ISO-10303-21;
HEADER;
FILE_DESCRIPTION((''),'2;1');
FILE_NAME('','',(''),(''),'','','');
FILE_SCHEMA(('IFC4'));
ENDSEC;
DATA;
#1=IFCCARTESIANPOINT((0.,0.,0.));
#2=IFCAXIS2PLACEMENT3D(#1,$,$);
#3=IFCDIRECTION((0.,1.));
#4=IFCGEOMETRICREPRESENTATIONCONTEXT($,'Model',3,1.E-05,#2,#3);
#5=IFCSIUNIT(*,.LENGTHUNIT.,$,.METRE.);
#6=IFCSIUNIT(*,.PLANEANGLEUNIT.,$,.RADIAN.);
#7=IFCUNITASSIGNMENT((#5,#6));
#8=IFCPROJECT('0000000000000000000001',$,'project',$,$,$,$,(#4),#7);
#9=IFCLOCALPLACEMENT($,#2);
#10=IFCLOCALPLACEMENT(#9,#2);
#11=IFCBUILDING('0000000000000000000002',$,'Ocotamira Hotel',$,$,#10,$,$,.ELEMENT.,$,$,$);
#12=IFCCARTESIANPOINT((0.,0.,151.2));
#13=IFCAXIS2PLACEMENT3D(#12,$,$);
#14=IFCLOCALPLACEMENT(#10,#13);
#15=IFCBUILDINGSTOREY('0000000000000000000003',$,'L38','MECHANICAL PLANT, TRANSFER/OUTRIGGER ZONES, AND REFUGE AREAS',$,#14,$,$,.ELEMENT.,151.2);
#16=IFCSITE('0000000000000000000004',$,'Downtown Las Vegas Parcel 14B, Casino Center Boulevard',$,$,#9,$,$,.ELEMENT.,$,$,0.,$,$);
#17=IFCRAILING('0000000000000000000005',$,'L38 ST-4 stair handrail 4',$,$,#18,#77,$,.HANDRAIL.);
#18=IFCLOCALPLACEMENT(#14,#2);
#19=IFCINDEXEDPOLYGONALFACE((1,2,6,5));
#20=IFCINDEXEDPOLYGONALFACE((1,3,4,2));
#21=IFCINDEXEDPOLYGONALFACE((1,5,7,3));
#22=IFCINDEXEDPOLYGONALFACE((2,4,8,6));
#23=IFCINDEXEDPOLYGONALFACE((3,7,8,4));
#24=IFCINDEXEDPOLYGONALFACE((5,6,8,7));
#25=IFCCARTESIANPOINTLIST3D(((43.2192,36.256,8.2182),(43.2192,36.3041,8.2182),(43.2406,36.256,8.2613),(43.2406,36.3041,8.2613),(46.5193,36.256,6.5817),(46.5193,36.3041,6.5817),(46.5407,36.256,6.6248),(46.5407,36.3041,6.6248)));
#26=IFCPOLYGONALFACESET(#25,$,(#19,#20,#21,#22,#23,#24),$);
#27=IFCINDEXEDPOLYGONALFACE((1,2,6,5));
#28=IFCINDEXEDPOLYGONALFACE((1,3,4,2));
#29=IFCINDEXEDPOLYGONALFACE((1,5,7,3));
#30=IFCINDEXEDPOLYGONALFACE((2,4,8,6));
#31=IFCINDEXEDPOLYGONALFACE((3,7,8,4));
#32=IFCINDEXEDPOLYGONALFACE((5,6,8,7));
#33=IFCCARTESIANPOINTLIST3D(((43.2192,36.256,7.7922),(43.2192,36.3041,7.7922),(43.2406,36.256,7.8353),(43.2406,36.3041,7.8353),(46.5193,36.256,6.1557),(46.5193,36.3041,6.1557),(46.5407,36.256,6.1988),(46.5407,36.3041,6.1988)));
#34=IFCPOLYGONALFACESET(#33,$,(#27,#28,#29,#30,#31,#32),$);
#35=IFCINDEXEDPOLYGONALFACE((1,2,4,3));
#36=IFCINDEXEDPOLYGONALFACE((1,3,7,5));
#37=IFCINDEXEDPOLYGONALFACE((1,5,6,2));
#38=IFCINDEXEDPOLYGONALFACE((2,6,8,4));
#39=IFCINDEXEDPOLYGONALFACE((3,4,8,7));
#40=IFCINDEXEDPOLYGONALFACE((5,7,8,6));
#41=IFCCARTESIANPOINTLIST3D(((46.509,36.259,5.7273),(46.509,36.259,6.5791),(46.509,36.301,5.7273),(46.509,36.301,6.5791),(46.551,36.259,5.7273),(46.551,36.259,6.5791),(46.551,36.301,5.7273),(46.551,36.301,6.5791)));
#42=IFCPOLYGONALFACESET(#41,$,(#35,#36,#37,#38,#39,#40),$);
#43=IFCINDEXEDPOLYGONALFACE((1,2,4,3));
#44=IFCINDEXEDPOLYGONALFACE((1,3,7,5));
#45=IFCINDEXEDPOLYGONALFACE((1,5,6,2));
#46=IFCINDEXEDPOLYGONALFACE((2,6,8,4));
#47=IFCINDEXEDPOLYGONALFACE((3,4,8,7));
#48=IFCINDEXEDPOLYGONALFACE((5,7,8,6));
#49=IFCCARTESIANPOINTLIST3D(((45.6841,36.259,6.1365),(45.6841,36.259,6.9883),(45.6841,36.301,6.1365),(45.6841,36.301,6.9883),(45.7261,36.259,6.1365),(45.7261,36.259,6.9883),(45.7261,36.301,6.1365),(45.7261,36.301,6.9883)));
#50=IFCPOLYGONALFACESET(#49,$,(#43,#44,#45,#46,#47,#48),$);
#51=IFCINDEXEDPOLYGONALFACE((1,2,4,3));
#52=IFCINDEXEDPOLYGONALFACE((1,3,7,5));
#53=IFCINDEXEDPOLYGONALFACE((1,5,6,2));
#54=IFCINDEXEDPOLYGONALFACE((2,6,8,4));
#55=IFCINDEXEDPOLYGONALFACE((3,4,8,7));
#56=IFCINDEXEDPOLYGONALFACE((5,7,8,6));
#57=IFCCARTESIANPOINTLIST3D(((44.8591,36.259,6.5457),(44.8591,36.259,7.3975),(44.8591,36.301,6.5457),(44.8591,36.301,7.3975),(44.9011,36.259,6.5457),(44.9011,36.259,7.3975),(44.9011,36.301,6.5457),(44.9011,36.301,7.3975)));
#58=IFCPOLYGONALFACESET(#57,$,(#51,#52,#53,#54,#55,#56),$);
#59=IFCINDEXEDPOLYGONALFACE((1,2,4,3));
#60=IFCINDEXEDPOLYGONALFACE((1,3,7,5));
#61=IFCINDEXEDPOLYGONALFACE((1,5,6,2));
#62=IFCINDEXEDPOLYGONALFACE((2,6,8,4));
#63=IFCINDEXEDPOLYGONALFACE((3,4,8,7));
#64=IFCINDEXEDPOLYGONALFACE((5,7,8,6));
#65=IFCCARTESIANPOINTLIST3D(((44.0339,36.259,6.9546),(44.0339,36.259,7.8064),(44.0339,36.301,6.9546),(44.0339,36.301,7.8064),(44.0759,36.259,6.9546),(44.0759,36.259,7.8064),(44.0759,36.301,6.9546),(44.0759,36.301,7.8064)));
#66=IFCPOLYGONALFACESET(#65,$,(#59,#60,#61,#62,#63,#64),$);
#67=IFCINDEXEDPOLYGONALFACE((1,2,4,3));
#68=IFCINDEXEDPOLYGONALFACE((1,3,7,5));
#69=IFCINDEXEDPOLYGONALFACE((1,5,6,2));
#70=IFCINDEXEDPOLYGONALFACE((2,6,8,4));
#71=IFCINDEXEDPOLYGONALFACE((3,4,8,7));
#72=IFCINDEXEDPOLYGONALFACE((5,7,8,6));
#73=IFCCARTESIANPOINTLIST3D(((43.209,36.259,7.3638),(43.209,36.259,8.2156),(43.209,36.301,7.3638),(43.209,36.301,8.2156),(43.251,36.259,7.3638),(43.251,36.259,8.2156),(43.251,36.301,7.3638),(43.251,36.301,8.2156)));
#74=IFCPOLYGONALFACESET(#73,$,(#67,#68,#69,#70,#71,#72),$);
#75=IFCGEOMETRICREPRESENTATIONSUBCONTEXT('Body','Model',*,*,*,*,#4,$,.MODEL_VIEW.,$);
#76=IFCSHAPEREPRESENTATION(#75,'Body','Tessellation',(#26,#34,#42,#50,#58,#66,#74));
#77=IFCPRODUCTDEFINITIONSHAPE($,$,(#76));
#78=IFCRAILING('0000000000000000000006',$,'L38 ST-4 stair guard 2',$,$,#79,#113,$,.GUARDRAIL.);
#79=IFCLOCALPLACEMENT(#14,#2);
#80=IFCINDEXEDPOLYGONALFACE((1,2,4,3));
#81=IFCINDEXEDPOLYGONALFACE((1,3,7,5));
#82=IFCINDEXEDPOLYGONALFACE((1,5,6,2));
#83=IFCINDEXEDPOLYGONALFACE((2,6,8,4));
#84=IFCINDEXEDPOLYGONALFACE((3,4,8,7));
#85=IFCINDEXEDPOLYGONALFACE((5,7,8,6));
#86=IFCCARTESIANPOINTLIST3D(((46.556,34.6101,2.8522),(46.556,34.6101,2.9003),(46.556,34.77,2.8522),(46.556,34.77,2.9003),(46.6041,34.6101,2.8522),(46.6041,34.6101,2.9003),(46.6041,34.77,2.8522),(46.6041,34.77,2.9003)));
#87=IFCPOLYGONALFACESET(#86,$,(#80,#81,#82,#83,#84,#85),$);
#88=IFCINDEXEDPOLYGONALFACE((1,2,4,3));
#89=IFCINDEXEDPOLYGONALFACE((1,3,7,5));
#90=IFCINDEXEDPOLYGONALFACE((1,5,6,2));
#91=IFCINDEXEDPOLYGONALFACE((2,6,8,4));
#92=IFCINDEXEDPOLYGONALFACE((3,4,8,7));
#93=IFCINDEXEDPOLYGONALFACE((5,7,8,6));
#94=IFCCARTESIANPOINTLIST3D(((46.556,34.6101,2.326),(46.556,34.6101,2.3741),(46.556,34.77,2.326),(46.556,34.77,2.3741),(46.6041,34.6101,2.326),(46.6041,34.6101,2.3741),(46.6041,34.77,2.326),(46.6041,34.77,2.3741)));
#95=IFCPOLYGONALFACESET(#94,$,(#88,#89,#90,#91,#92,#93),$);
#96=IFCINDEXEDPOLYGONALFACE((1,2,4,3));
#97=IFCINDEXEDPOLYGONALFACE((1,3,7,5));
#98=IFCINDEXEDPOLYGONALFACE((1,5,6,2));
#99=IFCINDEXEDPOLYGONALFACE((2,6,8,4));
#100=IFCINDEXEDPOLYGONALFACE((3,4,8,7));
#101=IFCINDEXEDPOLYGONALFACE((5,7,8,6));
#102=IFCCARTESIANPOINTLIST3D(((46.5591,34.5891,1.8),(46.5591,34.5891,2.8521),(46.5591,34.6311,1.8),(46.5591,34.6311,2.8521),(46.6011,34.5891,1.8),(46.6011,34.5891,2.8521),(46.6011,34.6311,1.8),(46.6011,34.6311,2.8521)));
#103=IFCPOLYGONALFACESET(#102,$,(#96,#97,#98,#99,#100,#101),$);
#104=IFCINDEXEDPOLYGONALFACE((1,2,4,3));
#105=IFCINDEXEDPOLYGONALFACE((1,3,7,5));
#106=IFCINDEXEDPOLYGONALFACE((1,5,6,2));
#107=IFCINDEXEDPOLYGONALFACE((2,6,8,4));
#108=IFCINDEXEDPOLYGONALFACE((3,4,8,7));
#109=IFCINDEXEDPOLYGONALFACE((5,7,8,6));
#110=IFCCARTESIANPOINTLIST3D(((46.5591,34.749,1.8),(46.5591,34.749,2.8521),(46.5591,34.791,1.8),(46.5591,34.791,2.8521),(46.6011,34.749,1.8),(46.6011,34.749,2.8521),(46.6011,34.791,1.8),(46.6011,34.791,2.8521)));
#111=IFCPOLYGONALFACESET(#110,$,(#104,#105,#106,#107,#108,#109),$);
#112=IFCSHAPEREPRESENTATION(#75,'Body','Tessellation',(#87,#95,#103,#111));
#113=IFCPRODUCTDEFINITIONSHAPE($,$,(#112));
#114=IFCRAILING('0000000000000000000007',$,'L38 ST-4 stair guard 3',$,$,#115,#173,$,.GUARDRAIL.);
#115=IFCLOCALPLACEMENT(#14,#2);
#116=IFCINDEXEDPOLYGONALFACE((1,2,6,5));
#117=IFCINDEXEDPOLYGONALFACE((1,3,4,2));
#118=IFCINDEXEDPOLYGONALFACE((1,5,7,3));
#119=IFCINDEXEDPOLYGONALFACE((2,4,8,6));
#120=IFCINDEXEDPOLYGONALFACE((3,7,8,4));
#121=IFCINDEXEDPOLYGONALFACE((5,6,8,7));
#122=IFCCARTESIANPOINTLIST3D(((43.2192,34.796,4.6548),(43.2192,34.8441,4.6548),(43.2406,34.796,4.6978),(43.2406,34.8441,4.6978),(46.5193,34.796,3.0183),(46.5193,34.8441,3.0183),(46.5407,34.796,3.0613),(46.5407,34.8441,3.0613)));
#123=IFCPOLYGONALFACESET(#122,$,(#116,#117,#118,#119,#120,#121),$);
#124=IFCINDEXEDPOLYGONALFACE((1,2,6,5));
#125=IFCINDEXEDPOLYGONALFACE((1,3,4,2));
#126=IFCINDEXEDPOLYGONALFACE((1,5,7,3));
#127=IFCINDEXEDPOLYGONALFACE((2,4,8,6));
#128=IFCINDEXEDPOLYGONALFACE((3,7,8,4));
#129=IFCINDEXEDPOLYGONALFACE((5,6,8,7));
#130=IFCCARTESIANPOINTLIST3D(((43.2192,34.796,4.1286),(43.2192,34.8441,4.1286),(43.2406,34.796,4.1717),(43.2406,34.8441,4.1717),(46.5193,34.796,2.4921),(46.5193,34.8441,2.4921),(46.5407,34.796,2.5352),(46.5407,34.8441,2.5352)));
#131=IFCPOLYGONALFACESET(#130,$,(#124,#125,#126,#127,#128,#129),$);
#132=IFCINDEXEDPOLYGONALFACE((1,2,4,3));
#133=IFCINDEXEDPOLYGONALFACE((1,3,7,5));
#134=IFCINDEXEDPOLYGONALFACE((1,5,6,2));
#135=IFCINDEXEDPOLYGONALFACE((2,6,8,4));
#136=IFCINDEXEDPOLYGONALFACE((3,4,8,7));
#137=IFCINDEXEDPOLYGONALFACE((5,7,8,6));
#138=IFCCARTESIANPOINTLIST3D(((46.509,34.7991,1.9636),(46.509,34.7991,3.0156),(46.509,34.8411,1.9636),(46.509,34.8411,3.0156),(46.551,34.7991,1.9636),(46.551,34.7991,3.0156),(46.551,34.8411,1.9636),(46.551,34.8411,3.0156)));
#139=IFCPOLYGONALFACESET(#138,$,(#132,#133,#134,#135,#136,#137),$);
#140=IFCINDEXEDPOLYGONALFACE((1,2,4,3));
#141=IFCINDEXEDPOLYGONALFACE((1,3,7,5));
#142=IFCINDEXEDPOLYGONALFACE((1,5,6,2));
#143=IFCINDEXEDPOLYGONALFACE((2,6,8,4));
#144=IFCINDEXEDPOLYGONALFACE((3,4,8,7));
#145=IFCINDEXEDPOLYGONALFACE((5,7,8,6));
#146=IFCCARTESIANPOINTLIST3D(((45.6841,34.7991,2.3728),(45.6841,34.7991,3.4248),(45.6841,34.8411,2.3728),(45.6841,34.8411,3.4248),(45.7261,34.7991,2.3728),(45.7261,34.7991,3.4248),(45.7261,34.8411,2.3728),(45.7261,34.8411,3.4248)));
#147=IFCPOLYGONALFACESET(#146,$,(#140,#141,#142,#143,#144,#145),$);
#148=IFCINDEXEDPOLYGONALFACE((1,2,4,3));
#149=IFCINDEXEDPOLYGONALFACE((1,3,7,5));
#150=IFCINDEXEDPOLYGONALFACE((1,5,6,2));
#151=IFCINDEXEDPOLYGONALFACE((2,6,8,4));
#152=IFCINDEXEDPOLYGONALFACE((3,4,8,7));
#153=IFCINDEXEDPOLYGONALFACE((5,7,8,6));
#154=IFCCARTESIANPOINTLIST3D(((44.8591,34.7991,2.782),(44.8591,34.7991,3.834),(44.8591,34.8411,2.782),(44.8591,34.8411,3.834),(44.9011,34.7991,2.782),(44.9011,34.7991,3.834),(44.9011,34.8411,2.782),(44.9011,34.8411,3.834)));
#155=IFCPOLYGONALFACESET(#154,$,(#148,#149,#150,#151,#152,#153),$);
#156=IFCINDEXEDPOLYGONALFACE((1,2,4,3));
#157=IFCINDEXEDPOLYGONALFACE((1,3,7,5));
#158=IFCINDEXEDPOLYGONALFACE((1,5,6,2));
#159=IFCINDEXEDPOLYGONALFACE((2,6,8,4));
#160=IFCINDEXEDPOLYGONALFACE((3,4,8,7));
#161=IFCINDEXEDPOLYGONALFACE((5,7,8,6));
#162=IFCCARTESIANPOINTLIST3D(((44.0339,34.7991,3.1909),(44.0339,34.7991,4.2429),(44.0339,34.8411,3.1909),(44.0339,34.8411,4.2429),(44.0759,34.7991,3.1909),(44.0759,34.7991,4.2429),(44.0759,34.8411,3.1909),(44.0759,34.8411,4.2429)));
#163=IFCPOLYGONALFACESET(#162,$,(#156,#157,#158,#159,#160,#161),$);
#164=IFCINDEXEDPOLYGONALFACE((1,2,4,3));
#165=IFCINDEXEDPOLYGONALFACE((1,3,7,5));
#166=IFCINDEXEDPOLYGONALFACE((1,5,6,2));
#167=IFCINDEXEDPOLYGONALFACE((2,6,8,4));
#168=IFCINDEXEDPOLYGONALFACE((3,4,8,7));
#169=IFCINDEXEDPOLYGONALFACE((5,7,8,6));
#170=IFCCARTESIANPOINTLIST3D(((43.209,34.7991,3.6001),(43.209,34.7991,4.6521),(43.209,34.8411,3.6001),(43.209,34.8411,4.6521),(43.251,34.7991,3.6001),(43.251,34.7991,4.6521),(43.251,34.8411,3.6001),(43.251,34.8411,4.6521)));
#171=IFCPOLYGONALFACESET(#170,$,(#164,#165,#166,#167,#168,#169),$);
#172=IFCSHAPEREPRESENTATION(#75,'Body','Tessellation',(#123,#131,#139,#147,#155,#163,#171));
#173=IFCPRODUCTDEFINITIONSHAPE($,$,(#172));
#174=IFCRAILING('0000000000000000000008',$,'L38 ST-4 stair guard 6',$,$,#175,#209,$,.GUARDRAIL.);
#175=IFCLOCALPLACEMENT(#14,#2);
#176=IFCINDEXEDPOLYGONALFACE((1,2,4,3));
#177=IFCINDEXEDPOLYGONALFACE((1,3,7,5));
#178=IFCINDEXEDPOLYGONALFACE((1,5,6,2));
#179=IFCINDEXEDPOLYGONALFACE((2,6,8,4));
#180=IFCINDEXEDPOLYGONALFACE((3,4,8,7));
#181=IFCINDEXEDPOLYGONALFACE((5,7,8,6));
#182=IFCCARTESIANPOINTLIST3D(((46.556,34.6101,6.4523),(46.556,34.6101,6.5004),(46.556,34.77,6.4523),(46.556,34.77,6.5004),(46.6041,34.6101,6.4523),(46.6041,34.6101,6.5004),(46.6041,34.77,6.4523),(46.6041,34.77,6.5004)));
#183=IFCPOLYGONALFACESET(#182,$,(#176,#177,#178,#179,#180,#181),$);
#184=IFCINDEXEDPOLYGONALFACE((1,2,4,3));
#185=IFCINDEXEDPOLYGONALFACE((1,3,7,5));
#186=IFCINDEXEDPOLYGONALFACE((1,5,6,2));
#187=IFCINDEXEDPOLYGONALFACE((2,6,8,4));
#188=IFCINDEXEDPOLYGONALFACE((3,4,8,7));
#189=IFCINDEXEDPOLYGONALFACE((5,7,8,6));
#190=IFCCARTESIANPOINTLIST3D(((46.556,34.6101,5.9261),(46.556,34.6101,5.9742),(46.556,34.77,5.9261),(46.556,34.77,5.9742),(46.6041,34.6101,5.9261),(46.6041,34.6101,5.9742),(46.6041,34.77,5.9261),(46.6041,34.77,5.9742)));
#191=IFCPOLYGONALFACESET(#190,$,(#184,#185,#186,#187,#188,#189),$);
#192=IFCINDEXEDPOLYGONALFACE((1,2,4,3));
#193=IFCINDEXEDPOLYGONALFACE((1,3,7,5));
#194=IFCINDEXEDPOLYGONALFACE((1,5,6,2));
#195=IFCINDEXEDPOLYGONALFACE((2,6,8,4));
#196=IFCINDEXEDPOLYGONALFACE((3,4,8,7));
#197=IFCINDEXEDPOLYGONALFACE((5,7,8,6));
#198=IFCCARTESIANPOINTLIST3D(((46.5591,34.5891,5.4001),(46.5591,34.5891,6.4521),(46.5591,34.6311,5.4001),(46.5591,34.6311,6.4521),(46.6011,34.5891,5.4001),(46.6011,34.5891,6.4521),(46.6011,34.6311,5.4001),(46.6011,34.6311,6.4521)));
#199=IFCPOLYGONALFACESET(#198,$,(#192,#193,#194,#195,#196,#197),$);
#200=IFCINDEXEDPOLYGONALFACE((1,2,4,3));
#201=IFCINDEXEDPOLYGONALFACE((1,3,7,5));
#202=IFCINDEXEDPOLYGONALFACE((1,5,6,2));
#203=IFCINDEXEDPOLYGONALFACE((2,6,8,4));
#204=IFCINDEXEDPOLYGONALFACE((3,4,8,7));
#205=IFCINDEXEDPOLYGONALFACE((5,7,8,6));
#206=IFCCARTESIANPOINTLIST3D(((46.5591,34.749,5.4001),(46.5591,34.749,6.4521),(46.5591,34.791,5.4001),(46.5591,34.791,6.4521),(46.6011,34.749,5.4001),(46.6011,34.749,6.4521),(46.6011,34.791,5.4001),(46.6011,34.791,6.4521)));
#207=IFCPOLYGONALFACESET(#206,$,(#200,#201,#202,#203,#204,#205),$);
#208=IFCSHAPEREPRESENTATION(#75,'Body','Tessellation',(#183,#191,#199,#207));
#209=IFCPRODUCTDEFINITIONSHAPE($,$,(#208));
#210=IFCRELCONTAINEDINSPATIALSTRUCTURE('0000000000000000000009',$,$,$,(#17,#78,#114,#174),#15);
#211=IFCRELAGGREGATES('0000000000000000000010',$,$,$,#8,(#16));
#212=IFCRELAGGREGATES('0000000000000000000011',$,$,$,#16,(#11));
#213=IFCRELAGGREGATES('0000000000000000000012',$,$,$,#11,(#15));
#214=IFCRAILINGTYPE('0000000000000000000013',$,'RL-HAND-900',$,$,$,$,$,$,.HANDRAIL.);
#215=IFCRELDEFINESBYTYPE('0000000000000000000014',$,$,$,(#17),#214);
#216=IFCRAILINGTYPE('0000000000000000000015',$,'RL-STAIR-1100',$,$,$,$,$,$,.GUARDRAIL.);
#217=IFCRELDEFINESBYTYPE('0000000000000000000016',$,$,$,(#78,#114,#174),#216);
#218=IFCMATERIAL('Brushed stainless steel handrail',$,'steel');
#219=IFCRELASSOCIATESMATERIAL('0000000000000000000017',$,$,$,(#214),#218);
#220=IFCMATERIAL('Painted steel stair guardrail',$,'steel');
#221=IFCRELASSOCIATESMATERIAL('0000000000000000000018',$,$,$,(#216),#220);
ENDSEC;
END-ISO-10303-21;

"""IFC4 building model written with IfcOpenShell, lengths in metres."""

from ifc_helpers import new_model, si_unit, direction, frame, origin, origin_2d, place, context, subcontext, project, spatial, rectangle, extrude, material, type_object, element, save


model = new_model("IFC4")

# Units and contexts
model_context = context("Model", 3, precision=1e-05, world=origin(), true_north=direction((0.0, 1.0)))
body_context = subcontext(model_context, "Body", "Model", "MODEL_VIEW")
ifc_project = project(units=[si_unit("LENGTHUNIT", "METRE"), si_unit("PLANEANGLEUNIT", "RADIAN")], contexts=[model_context])

# Site, building, storey
site_placement = place(None, origin())
site = spatial("IfcSite", under=ifc_project, at=site_placement, Name="Downtown Las Vegas Parcel 14B, Casino Center Boulevard", CompositionType="ELEMENT", RefElevation=0.0)
building_placement = place(site_placement, origin())
building = spatial("IfcBuilding", under=site, at=building_placement, Name="Ocotamira Hotel", CompositionType="ELEMENT")
storey_placement = place(building_placement, frame((0.0, 0.0, 151.2)))
storey = spatial("IfcBuildingStorey", under=building, at=storey_placement, Name="L38", Description="MECHANICAL PLANT, TRANSFER/OUTRIGGER ZONES, AND REFUGE AREAS", CompositionType="ELEMENT", Elevation=151.2)

# Railings
ifc_material_1 = material(Name="Brushed stainless steel handrail", Category="steel")
railing_type_1 = type_object("IfcRailingType", Name="RL-HAND-900", PredefinedType="HANDRAIL", material=ifc_material_1)
railing_1_placement = place(storey_placement, frame((46.53, 36.28, 5.7273)))
element("IfcRailing", 1, at=railing_1_placement, inside=storey, type_object=railing_type_1, Name="L38 ST-4 stair handrail 4", PredefinedType="HANDRAIL", context=body_context, shape_type="SweptSolid", body=[
    extrude(rectangle(XDim=0.0481, YDim=0.0481, at=origin_2d()), frame((0.0, 0.0, 0.876), z_axis=(-0.895894, 0.0, 0.444268), x_axis=(0.0, -1.0, 0.0)), (0.0, 0.0, 1.0), 3.6836),
    extrude(rectangle(XDim=0.0481, YDim=0.0481, at=origin_2d()), frame((0.0, 0.0, 0.45), z_axis=(-0.895894, 0.0, 0.444268), x_axis=(0.0, -1.0, 0.0)), (0.0, 0.0, 1.0), 3.6836),
    extrude(rectangle(XDim=0.042, YDim=0.042, at=origin_2d()), origin(), (0.0, 0.0, 1.0), 0.8518),
    extrude(rectangle(XDim=0.042, YDim=0.042, at=origin_2d()), frame((-0.825, 0.0, 0.4092)), (0.0, 0.0, 1.0), 0.8518),
    extrude(rectangle(XDim=0.042, YDim=0.042, at=origin_2d()), frame((-1.6499, 0.0, 0.8184)), (0.0, 0.0, 1.0), 0.8518),
    extrude(rectangle(XDim=0.042, YDim=0.042, at=origin_2d()), frame((-2.4751, 0.0, 1.2273)), (0.0, 0.0, 1.0), 0.8518),
    extrude(rectangle(XDim=0.042, YDim=0.042, at=origin_2d()), frame((-3.3, 0.0, 1.6365)), (0.0, 0.0, 1.0), 0.8518),
])
ifc_material_2 = material(Name="Painted steel stair guardrail", Category="steel")
railing_type_2 = type_object("IfcRailingType", Name="RL-STAIR-1100", PredefinedType="GUARDRAIL", material=ifc_material_2)
railing_2_placement = place(storey_placement, frame((46.5801, 34.6101, 1.8)))
element("IfcRailing", 2, at=railing_2_placement, inside=storey, type_object=railing_type_2, Name="L38 ST-4 stair guard 2", PredefinedType="GUARDRAIL", context=body_context, shape_type="SweptSolid", body=[
    extrude(rectangle(XDim=0.0481, YDim=0.0481, at=origin_2d()), frame((0.0, 0.0, 1.0762), z_axis=(0.0, 1.0, 0.0), x_axis=(-1.0, 0.0, 0.0)), (0.0, 0.0, 1.0), 0.1599),
    extrude(rectangle(XDim=0.0481, YDim=0.0481, at=origin_2d()), frame((0.0, 0.0, 0.55), z_axis=(0.0, 1.0, 0.0), x_axis=(-1.0, 0.0, 0.0)), (0.0, 0.0, 1.0), 0.1599),
    extrude(rectangle(XDim=0.042, YDim=0.042, at=origin_2d()), origin(), (0.0, 0.0, 1.0), 1.052),
    extrude(rectangle(XDim=0.042, YDim=0.042, at=origin_2d()), frame((0.0, 0.1599, 0.0)), (0.0, 0.0, 1.0), 1.052),
])
railing_3_placement = place(storey_placement, frame((46.53, 34.8201, 1.9636)))
element("IfcRailing", 3, at=railing_3_placement, inside=storey, type_object=railing_type_2, Name="L38 ST-4 stair guard 3", PredefinedType="GUARDRAIL", context=body_context, shape_type="SweptSolid", body=[
    extrude(rectangle(XDim=0.0481, YDim=0.0481, at=origin_2d()), frame((0.0, 0.0, 1.0762), z_axis=(-0.895894, 0.0, 0.444268), x_axis=(0.0, -1.0, 0.0)), (0.0, 0.0, 1.0), 3.6836),
    extrude(rectangle(XDim=0.0481, YDim=0.0481, at=origin_2d()), frame((0.0, 0.0, 0.55), z_axis=(-0.895894, 0.0, 0.444268), x_axis=(0.0, -1.0, 0.0)), (0.0, 0.0, 1.0), 3.6836),
    extrude(rectangle(XDim=0.042, YDim=0.042, at=origin_2d()), origin(), (0.0, 0.0, 1.0), 1.052),
    extrude(rectangle(XDim=0.042, YDim=0.042, at=origin_2d()), frame((-0.825, 0.0, 0.4092)), (0.0, 0.0, 1.0), 1.052),
    extrude(rectangle(XDim=0.042, YDim=0.042, at=origin_2d()), frame((-1.6499, 0.0, 0.8184)), (0.0, 0.0, 1.0), 1.052),
    extrude(rectangle(XDim=0.042, YDim=0.042, at=origin_2d()), frame((-2.4751, 0.0, 1.2273)), (0.0, 0.0, 1.0), 1.052),
    extrude(rectangle(XDim=0.042, YDim=0.042, at=origin_2d()), frame((-3.3, 0.0, 1.6365)), (0.0, 0.0, 1.0), 1.052),
])
railing_4_placement = place(storey_placement, frame((46.5801, 34.6101, 5.4001)))
element("IfcRailing", 4, at=railing_4_placement, inside=storey, type_object=railing_type_2, Name="L38 ST-4 stair guard 6", PredefinedType="GUARDRAIL", context=body_context, shape_type="SweptSolid", body=[
    extrude(rectangle(XDim=0.0481, YDim=0.0481, at=origin_2d()), frame((0.0, 0.0, 1.0762), z_axis=(0.0, 1.0, 0.0), x_axis=(-1.0, 0.0, 0.0)), (0.0, 0.0, 1.0), 0.1599),
    extrude(rectangle(XDim=0.0481, YDim=0.0481, at=origin_2d()), frame((0.0, 0.0, 0.55), z_axis=(0.0, 1.0, 0.0), x_axis=(-1.0, 0.0, 0.0)), (0.0, 0.0, 1.0), 0.1599),
    extrude(rectangle(XDim=0.042, YDim=0.042, at=origin_2d()), origin(), (0.0, 0.0, 1.0), 1.052),
    extrude(rectangle(XDim=0.042, YDim=0.042, at=origin_2d()), frame((0.0, 0.1599, 0.0)), (0.0, 0.0, 1.0), 1.052),
])

save(model, "model.ifc")
